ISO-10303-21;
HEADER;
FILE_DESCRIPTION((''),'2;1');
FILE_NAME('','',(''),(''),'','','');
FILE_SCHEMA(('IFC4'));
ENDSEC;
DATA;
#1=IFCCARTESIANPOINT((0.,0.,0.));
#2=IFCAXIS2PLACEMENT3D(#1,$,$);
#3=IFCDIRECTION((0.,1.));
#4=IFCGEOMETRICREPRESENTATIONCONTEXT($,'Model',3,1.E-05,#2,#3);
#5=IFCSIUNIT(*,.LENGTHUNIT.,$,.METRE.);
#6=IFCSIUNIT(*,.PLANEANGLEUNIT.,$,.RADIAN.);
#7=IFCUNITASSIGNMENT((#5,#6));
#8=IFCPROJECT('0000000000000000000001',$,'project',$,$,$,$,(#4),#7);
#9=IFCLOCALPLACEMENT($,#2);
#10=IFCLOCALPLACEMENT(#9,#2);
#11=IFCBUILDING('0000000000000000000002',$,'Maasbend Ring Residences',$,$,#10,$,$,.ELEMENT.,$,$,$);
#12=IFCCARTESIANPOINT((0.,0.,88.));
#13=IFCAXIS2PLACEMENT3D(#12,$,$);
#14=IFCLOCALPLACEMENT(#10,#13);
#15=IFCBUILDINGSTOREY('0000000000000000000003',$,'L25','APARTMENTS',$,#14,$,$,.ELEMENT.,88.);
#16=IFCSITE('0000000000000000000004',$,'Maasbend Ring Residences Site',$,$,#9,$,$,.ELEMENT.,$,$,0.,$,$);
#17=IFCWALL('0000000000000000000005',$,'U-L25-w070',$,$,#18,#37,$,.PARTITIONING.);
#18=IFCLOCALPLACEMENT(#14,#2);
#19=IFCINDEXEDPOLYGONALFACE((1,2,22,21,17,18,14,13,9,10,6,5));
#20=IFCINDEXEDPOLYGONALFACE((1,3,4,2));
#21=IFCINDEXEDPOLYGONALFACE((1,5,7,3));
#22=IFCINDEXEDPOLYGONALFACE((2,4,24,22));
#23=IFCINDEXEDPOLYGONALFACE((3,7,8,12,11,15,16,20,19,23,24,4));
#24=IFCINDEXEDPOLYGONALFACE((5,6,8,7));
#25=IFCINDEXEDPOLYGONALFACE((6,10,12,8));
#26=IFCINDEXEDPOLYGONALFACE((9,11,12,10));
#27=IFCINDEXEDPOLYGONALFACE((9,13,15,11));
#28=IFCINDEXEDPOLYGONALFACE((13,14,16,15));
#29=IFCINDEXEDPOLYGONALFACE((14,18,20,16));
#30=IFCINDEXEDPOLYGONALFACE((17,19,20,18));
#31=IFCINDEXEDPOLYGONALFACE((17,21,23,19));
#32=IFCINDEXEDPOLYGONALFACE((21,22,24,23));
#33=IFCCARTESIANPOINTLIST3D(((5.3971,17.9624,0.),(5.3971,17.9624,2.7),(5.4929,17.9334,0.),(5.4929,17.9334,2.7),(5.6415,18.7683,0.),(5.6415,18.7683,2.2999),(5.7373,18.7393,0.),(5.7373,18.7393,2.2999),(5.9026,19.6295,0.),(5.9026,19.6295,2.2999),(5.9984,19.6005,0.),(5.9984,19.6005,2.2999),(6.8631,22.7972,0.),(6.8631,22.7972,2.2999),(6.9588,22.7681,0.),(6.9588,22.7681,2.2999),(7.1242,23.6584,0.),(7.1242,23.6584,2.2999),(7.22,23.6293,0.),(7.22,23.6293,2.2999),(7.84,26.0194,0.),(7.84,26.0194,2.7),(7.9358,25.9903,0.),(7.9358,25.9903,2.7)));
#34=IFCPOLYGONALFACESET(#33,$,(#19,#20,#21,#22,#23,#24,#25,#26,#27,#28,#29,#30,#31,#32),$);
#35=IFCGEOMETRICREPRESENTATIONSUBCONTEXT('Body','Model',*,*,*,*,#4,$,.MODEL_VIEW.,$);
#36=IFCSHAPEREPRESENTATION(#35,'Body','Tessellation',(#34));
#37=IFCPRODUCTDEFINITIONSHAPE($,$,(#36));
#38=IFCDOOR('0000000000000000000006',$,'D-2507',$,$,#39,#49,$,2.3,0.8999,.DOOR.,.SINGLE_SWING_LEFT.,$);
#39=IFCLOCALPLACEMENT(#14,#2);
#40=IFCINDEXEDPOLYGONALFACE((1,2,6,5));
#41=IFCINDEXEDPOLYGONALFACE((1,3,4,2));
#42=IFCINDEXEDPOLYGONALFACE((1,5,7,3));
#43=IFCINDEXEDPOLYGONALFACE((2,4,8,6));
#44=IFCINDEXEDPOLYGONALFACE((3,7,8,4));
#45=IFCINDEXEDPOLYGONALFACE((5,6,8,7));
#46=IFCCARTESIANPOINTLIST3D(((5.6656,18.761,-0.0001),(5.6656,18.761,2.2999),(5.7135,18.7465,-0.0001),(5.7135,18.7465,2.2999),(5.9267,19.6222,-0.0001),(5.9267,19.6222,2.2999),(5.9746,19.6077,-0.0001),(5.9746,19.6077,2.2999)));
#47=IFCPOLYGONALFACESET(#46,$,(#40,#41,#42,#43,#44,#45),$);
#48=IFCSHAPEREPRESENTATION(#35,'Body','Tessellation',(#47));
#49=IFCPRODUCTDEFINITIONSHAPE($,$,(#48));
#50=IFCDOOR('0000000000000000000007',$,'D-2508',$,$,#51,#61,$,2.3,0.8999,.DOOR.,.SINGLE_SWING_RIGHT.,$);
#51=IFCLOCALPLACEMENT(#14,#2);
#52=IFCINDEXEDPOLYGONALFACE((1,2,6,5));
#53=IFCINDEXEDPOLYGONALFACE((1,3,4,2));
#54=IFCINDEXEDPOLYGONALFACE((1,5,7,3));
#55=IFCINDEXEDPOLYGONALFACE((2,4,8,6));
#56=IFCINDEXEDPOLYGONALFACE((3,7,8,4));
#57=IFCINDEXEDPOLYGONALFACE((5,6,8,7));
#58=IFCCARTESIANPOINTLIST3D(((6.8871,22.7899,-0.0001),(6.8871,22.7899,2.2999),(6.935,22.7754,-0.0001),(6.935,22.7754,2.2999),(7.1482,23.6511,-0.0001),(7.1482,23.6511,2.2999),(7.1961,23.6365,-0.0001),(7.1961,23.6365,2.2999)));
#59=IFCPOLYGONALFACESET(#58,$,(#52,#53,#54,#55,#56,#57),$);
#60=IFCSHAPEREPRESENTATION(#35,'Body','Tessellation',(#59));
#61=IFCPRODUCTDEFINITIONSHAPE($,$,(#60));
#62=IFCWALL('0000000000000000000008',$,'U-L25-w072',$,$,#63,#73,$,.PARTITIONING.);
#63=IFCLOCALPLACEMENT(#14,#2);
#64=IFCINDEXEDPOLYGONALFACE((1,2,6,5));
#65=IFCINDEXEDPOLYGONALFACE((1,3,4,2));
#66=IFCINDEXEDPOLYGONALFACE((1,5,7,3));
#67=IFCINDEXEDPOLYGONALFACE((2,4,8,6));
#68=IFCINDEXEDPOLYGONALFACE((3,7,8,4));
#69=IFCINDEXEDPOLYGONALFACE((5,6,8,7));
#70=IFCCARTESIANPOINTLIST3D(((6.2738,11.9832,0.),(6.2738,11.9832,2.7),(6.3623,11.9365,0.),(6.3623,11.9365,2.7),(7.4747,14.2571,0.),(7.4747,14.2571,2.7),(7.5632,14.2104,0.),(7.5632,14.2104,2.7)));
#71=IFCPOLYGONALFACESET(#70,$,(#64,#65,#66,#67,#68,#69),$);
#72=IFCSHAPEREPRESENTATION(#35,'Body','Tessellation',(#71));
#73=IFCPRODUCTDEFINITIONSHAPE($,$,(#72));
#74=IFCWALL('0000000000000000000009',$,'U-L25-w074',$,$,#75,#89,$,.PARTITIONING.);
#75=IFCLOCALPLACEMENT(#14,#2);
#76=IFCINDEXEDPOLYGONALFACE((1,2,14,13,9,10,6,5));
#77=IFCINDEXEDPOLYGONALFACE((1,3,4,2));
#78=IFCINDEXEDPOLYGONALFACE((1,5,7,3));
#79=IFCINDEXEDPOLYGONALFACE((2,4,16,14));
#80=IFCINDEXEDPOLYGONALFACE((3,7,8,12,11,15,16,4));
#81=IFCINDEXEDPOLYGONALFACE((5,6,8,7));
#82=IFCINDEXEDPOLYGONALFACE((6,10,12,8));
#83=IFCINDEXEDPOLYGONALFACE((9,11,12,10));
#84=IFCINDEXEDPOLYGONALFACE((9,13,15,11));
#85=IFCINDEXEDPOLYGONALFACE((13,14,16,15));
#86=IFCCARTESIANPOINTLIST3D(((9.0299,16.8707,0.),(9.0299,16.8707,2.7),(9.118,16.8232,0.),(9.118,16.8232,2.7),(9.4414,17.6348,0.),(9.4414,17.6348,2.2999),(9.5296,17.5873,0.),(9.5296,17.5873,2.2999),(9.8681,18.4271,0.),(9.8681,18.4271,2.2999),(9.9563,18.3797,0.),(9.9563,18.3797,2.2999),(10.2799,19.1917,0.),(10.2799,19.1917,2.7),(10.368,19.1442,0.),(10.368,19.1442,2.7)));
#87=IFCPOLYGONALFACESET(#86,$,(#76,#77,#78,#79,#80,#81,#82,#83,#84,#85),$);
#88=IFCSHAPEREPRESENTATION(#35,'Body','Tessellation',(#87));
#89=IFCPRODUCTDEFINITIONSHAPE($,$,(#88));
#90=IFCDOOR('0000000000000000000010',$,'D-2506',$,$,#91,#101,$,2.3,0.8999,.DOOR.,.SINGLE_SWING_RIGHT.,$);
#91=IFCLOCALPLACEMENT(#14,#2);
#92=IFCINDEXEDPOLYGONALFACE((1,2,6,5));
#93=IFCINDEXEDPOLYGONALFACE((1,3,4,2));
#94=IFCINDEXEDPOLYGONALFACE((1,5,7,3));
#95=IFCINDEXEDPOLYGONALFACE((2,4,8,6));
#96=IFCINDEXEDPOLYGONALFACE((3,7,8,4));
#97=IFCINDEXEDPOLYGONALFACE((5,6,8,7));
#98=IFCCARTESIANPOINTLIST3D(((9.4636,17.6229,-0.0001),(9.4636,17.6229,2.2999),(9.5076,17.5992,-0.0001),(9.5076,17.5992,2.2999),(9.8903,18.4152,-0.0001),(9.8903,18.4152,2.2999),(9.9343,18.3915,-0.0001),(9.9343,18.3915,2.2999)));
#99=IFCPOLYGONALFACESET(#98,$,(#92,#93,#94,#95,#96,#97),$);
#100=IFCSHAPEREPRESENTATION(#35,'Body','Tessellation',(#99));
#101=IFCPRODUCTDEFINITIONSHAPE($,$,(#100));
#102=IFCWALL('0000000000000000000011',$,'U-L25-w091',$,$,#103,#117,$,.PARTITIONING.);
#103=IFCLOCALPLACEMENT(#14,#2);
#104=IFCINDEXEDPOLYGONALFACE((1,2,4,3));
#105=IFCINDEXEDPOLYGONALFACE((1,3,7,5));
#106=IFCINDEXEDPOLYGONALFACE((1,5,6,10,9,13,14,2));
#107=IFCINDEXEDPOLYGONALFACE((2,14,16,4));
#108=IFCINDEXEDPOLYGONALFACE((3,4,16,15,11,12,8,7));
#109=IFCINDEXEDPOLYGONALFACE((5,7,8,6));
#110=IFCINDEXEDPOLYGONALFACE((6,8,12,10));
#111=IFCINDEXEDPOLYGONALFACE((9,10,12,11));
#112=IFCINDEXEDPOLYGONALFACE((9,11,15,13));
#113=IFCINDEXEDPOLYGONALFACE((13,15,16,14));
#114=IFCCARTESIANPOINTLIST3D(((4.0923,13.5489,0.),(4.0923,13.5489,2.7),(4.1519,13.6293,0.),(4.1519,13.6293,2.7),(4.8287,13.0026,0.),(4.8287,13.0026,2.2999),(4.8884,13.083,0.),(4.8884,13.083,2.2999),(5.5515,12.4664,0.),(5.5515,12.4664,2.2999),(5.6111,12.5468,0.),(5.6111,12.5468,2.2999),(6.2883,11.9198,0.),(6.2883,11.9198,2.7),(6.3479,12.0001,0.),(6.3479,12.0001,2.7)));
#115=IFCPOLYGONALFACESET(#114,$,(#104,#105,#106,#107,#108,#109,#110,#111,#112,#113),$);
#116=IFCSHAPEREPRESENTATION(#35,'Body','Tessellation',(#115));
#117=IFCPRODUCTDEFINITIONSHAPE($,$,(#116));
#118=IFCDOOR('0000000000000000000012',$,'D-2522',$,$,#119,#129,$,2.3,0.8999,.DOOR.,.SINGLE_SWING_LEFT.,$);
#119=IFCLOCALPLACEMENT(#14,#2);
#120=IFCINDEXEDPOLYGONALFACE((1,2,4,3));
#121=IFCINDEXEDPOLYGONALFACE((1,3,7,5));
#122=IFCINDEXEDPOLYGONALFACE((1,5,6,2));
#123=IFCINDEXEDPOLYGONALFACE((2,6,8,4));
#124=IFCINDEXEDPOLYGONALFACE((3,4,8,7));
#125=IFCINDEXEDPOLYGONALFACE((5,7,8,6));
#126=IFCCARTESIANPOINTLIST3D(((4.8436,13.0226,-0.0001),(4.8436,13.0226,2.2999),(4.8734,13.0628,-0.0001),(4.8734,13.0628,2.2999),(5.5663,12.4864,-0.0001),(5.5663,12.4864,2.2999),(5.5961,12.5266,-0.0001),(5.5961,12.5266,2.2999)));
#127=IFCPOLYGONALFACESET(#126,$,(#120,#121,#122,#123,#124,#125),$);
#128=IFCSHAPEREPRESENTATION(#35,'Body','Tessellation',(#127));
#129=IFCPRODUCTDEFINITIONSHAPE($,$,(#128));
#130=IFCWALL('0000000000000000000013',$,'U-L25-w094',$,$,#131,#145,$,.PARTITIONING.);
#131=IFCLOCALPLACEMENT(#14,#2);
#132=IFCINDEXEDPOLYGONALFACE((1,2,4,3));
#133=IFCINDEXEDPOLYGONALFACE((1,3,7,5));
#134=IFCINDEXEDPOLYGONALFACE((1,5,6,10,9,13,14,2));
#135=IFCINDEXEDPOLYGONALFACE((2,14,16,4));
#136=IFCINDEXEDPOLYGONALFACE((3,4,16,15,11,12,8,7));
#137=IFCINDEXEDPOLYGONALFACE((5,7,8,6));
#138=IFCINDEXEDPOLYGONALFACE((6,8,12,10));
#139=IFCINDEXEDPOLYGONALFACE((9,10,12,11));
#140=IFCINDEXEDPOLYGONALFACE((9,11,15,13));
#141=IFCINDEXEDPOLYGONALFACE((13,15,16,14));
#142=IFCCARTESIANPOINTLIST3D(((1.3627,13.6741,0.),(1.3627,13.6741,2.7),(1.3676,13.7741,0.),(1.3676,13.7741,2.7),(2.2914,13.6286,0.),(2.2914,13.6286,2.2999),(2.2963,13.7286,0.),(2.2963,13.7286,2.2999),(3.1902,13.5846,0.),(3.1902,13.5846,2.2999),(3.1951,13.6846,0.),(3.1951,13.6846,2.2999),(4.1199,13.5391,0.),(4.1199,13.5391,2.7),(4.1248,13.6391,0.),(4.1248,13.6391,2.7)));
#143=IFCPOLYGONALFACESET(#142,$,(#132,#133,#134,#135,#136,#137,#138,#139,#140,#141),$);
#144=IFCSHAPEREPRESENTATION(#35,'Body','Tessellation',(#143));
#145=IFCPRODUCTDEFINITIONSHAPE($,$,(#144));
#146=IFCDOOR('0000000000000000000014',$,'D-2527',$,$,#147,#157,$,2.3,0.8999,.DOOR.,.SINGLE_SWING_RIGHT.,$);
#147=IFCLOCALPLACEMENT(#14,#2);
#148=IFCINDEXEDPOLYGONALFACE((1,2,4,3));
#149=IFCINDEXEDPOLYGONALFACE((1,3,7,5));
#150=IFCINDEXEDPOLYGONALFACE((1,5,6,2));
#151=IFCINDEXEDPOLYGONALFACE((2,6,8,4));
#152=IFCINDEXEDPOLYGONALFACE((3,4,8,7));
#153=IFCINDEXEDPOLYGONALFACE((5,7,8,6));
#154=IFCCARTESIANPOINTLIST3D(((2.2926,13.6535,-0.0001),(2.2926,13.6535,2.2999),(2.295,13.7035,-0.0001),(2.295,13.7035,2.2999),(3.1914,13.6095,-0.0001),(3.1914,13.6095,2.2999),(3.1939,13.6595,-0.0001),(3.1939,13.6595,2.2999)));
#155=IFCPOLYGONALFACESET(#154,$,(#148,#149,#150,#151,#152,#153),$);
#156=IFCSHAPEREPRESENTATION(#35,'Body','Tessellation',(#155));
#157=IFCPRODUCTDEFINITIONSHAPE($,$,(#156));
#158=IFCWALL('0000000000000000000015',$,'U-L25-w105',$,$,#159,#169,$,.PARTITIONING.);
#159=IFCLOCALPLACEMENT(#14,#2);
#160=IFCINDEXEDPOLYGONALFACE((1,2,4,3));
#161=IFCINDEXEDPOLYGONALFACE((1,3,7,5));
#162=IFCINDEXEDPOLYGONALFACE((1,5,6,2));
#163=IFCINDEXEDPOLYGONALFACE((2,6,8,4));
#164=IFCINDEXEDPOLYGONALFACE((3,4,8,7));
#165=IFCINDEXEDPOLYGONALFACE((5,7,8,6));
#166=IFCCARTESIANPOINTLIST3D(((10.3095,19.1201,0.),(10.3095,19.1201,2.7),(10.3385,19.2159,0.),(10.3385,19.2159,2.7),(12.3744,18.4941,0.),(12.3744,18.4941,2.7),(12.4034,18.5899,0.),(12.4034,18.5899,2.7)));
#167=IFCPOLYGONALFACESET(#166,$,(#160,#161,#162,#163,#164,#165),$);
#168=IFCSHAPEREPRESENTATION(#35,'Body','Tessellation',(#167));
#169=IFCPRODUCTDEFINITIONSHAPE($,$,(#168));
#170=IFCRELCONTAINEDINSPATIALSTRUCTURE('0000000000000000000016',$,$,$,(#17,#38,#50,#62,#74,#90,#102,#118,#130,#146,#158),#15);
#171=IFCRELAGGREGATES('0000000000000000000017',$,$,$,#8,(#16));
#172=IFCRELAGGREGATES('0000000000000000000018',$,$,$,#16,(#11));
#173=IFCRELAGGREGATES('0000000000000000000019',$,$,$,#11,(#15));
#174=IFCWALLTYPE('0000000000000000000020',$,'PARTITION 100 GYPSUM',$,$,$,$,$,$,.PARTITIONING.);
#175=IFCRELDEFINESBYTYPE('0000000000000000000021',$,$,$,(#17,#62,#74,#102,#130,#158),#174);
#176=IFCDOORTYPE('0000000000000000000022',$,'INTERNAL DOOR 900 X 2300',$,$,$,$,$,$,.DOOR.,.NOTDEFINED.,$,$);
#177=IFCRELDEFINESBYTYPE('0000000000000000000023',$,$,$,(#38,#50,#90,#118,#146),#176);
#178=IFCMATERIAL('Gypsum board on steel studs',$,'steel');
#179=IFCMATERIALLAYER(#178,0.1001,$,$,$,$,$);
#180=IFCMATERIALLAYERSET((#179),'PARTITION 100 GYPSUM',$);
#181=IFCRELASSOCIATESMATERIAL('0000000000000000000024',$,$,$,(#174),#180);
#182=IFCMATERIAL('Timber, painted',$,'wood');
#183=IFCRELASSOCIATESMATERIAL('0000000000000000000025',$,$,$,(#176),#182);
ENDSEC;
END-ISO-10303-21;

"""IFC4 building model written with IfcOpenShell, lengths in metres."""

from ifc_helpers import new_model, si_unit, direction, frame, frame_2d, origin, place, context, subcontext, project, spatial, rectangle, extrude, material, layer, layer_set, type_object, element, fill, save


model = new_model("IFC4")

# Units and contexts
model_context = context("Model", 3, precision=1e-05, world=origin(), true_north=direction((0.0, 1.0)))
body_context = subcontext(model_context, "Body", "Model", "MODEL_VIEW")
ifc_project = project(units=[si_unit("LENGTHUNIT", "METRE"), si_unit("PLANEANGLEUNIT", "RADIAN")], contexts=[model_context])

# Site, building, storey
site_placement = place(None, origin())
site = spatial("IfcSite", under=ifc_project, at=site_placement, Name="Maasbend Ring Residences Site", CompositionType="ELEMENT", RefElevation=0.0)
building_placement = place(site_placement, origin())
building = spatial("IfcBuilding", under=site, at=building_placement, Name="Maasbend Ring Residences", CompositionType="ELEMENT")
storey_placement = place(building_placement, frame((0.0, 0.0, 88.0)))
storey = spatial("IfcBuildingStorey", under=building, at=storey_placement, Name="L25", Description="APARTMENTS", CompositionType="ELEMENT", Elevation=88.0)

# Shared definitions
ifc_material_1 = material(Name="Gypsum board on steel studs", Category="steel")
ifc_layer_1 = layer(ifc_material_1, 0.1001)
ifc_layer_set_1 = layer_set([ifc_layer_1], Name="PARTITION 100 GYPSUM")
wall_type_1 = type_object("IfcWallType", Name="PARTITION 100 GYPSUM", PredefinedType="PARTITIONING", material=ifc_layer_set_1)

# Shared definitions
ifc_material_2 = material(Name="Timber, painted", Category="wood")
door_type_1 = type_object("IfcDoorType", Name="INTERNAL DOOR 900 X 2300", OperationType="NOTDEFINED", PredefinedType="DOOR", material=ifc_material_2)

# Wall, openings, doors
wall_1_placement = place(storey_placement, frame((5.4451, 17.948, 0.0), z_axis=(0.0, 0.0, 1.0), x_axis=(0.290159, 0.956979, 0.0)))
wall_1 = element("IfcWall", 1, at=wall_1_placement, inside=storey, type_object=wall_type_1, Name="U-L25-w070", PredefinedType="PARTITIONING", context=body_context, shape_type="SweptSolid", body=[
    extrude(rectangle(XDim=8.4192, YDim=0.1001, at=frame_2d((4.2095, 0.0))), origin(), (0.0, 0.0, 1.0), 2.7),
])
opening_1_placement = place(wall_1_placement, frame((0.842, 0.0, 0.0)))
opening_1 = element("IfcOpeningElement", 2, at=opening_1_placement, cuts=wall_1, PredefinedType="OPENING", context=body_context, shape_type="SweptSolid", body=[
    extrude(rectangle(XDim=0.8999, YDim=2.3, at=frame_2d((0.45, 1.1499))), frame((0.0, 0.0601, 0.0), z_axis=(0.0, -1.0, 0.0), x_axis=(1.0, 0.0, 0.0)), (0.0, 0.0, 1.0), 0.1201),
])
opening_2_placement = place(wall_1_placement, frame((5.052, 0.0, 0.0)))
opening_2 = element("IfcOpeningElement", 3, at=opening_2_placement, cuts=wall_1, PredefinedType="OPENING", context=body_context, shape_type="SweptSolid", body=[
    extrude(rectangle(XDim=0.8999, YDim=2.3, at=frame_2d((0.45, 1.1499))), frame((0.0, 0.0601, 0.0), z_axis=(0.0, -1.0, 0.0), x_axis=(1.0, 0.0, 0.0)), (0.0, 0.0, 1.0), 0.1201),
])
door_1_placement = place(opening_1_placement, origin())
door_1 = element("IfcDoor", 4, at=door_1_placement, inside=storey, type_object=door_type_1, Name="D-2507", OperationType="SINGLE_SWING_LEFT", OverallHeight=2.3, OverallWidth=0.8999, PredefinedType="DOOR", context=body_context, shape_type="SweptSolid", body=[
    extrude(rectangle(XDim=0.8999, YDim=2.3, at=frame_2d((0.45, 1.1499))), frame((0.0, 0.0249, 0.0), z_axis=(0.0, -1.0, 0.0), x_axis=(1.0, 0.0, 0.0)), (0.0, 0.0, 1.0), 0.05),
])
fill(opening_1, door_1)
door_2_placement = place(opening_2_placement, origin())
door_2 = element("IfcDoor", 5, at=door_2_placement, inside=storey, type_object=door_type_1, Name="D-2508", OperationType="SINGLE_SWING_RIGHT", OverallHeight=2.3, OverallWidth=0.8999, PredefinedType="DOOR", context=body_context, shape_type="SweptSolid", body=[
    extrude(rectangle(XDim=0.8999, YDim=2.3, at=frame_2d((0.45, 1.1499))), frame((0.0, 0.0249, 0.0), z_axis=(0.0, -1.0, 0.0), x_axis=(1.0, 0.0, 0.0)), (0.0, 0.0, 1.0), 0.05),
])
fill(opening_2, door_2)

# Wall
wall_2_placement = place(storey_placement, frame((6.3181, 11.96, 0.0), z_axis=(0.0, 0.0, 1.0), x_axis=(0.467002, 0.884256, 0.0)))
element("IfcWall", 6, at=wall_2_placement, inside=storey, type_object=wall_type_1, Name="U-L25-w072", PredefinedType="PARTITIONING", context=body_context, shape_type="SweptSolid", body=[
    extrude(rectangle(XDim=2.5715, YDim=0.1001, at=frame_2d((1.2856, 0.0))), origin(), (0.0, 0.0, 1.0), 2.7),
])

# Walls, openings, doors
wall_3_placement = place(storey_placement, frame((9.074, 16.8469, 0.0), z_axis=(0.0, 0.0, 1.0), x_axis=(0.474161, 0.880438, 0.0)))
wall_3 = element("IfcWall", 7, at=wall_3_placement, inside=storey, type_object=wall_type_1, Name="U-L25-w074", PredefinedType="PARTITIONING", context=body_context, shape_type="SweptSolid", body=[
    extrude(rectangle(XDim=2.6362, YDim=0.1001, at=frame_2d((1.3181, 0.0))), origin(), (0.0, 0.0, 1.0), 2.7),
])
opening_3_placement = place(wall_3_placement, frame((0.8679, 0.0, 0.0)))
opening_3 = element("IfcOpeningElement", 8, at=opening_3_placement, cuts=wall_3, PredefinedType="OPENING", context=body_context, shape_type="SweptSolid", body=[
    extrude(rectangle(XDim=0.8999, YDim=2.3, at=frame_2d((0.45, 1.1499))), frame((0.0, 0.0601, 0.0), z_axis=(0.0, -1.0, 0.0), x_axis=(1.0, 0.0, 0.0)), (0.0, 0.0, 1.0), 0.1201),
])
door_3_placement = place(opening_3_placement, origin())
door_3 = element("IfcDoor", 9, at=door_3_placement, inside=storey, type_object=door_type_1, Name="D-2506", OperationType="SINGLE_SWING_RIGHT", OverallHeight=2.3, OverallWidth=0.8999, PredefinedType="DOOR", context=body_context, shape_type="SweptSolid", body=[
    extrude(rectangle(XDim=0.8999, YDim=2.3, at=frame_2d((0.45, 1.1499))), frame((0.0, 0.0249, 0.0), z_axis=(0.0, -1.0, 0.0), x_axis=(1.0, 0.0, 0.0)), (0.0, 0.0, 1.0), 0.05),
])
fill(opening_3, door_3)
wall_4_placement = place(storey_placement, frame((4.1221, 13.5891, 0.0), z_axis=(0.0, 0.0, 1.0), x_axis=(0.803128, -0.595806, 0.0)))
wall_4 = element("IfcWall", 10, at=wall_4_placement, inside=storey, type_object=wall_type_1, Name="U-L25-w091", PredefinedType="PARTITIONING", context=body_context, shape_type="SweptSolid", body=[
    extrude(rectangle(XDim=2.7344, YDim=0.1001, at=frame_2d((1.3672, 0.0))), origin(), (0.0, 0.0, 1.0), 2.7),
])
opening_4_placement = place(wall_4_placement, frame((0.917, 0.0, 0.0)))
opening_4 = element("IfcOpeningElement", 11, at=opening_4_placement, cuts=wall_4, PredefinedType="OPENING", context=body_context, shape_type="SweptSolid", body=[
    extrude(rectangle(XDim=0.8999, YDim=2.3, at=frame_2d((0.45, 1.1499))), frame((0.0, 0.0601, 0.0), z_axis=(0.0, -1.0, 0.0), x_axis=(1.0, 0.0, 0.0)), (0.0, 0.0, 1.0), 0.1201),
])
door_4_placement = place(opening_4_placement, origin())
door_4 = element("IfcDoor", 12, at=door_4_placement, inside=storey, type_object=door_type_1, Name="D-2522", OperationType="SINGLE_SWING_LEFT", OverallHeight=2.3, OverallWidth=0.8999, PredefinedType="DOOR", context=body_context, shape_type="SweptSolid", body=[
    extrude(rectangle(XDim=0.8999, YDim=2.3, at=frame_2d((0.45, 1.1499))), frame((0.0, 0.0249, 0.0), z_axis=(0.0, -1.0, 0.0), x_axis=(1.0, 0.0, 0.0)), (0.0, 0.0, 1.0), 0.05),
])
fill(opening_4, door_4)
wall_5_placement = place(storey_placement, frame((1.365, 13.7241, 0.0), z_axis=(0.0, 0.0, 1.0), x_axis=(0.998803, -0.04891, 0.0)))
wall_5 = element("IfcWall", 13, at=wall_5_placement, inside=storey, type_object=wall_type_1, Name="U-L25-w094", PredefinedType="PARTITIONING", context=body_context, shape_type="SweptSolid", body=[
    extrude(rectangle(XDim=2.7605, YDim=0.1001, at=frame_2d((1.3804, 0.0))), origin(), (0.0, 0.0, 1.0), 2.7),
])
opening_5_placement = place(wall_5_placement, frame((0.9299, 0.0, 0.0)))
opening_5 = element("IfcOpeningElement", 14, at=opening_5_placement, cuts=wall_5, PredefinedType="OPENING", context=body_context, shape_type="SweptSolid", body=[
    extrude(rectangle(XDim=0.8999, YDim=2.3, at=frame_2d((0.45, 1.1499))), frame((0.0, 0.0601, 0.0), z_axis=(0.0, -1.0, 0.0), x_axis=(1.0, 0.0, 0.0)), (0.0, 0.0, 1.0), 0.1201),
])
door_5_placement = place(opening_5_placement, origin())
door_5 = element("IfcDoor", 15, at=door_5_placement, inside=storey, type_object=door_type_1, Name="D-2527", OperationType="SINGLE_SWING_RIGHT", OverallHeight=2.3, OverallWidth=0.8999, PredefinedType="DOOR", context=body_context, shape_type="SweptSolid", body=[
    extrude(rectangle(XDim=0.8999, YDim=2.3, at=frame_2d((0.45, 1.1499))), frame((0.0, 0.0249, 0.0), z_axis=(0.0, -1.0, 0.0), x_axis=(1.0, 0.0, 0.0)), (0.0, 0.0, 1.0), 0.05),
])
fill(opening_5, door_5)

# Wall
wall_6_placement = place(storey_placement, frame((10.324, 19.168, 0.0), z_axis=(0.0, 0.0, 1.0), x_axis=(0.956994, -0.290108, 0.0)))
element("IfcWall", 16, at=wall_6_placement, inside=storey, type_object=wall_type_1, Name="U-L25-w105", PredefinedType="PARTITIONING", context=body_context, shape_type="SweptSolid", body=[
    extrude(rectangle(XDim=2.1577, YDim=0.1001, at=frame_2d((1.0789, 0.0))), origin(), (0.0, 0.0, 1.0), 2.7),
])

save(model, "model.ifc")
